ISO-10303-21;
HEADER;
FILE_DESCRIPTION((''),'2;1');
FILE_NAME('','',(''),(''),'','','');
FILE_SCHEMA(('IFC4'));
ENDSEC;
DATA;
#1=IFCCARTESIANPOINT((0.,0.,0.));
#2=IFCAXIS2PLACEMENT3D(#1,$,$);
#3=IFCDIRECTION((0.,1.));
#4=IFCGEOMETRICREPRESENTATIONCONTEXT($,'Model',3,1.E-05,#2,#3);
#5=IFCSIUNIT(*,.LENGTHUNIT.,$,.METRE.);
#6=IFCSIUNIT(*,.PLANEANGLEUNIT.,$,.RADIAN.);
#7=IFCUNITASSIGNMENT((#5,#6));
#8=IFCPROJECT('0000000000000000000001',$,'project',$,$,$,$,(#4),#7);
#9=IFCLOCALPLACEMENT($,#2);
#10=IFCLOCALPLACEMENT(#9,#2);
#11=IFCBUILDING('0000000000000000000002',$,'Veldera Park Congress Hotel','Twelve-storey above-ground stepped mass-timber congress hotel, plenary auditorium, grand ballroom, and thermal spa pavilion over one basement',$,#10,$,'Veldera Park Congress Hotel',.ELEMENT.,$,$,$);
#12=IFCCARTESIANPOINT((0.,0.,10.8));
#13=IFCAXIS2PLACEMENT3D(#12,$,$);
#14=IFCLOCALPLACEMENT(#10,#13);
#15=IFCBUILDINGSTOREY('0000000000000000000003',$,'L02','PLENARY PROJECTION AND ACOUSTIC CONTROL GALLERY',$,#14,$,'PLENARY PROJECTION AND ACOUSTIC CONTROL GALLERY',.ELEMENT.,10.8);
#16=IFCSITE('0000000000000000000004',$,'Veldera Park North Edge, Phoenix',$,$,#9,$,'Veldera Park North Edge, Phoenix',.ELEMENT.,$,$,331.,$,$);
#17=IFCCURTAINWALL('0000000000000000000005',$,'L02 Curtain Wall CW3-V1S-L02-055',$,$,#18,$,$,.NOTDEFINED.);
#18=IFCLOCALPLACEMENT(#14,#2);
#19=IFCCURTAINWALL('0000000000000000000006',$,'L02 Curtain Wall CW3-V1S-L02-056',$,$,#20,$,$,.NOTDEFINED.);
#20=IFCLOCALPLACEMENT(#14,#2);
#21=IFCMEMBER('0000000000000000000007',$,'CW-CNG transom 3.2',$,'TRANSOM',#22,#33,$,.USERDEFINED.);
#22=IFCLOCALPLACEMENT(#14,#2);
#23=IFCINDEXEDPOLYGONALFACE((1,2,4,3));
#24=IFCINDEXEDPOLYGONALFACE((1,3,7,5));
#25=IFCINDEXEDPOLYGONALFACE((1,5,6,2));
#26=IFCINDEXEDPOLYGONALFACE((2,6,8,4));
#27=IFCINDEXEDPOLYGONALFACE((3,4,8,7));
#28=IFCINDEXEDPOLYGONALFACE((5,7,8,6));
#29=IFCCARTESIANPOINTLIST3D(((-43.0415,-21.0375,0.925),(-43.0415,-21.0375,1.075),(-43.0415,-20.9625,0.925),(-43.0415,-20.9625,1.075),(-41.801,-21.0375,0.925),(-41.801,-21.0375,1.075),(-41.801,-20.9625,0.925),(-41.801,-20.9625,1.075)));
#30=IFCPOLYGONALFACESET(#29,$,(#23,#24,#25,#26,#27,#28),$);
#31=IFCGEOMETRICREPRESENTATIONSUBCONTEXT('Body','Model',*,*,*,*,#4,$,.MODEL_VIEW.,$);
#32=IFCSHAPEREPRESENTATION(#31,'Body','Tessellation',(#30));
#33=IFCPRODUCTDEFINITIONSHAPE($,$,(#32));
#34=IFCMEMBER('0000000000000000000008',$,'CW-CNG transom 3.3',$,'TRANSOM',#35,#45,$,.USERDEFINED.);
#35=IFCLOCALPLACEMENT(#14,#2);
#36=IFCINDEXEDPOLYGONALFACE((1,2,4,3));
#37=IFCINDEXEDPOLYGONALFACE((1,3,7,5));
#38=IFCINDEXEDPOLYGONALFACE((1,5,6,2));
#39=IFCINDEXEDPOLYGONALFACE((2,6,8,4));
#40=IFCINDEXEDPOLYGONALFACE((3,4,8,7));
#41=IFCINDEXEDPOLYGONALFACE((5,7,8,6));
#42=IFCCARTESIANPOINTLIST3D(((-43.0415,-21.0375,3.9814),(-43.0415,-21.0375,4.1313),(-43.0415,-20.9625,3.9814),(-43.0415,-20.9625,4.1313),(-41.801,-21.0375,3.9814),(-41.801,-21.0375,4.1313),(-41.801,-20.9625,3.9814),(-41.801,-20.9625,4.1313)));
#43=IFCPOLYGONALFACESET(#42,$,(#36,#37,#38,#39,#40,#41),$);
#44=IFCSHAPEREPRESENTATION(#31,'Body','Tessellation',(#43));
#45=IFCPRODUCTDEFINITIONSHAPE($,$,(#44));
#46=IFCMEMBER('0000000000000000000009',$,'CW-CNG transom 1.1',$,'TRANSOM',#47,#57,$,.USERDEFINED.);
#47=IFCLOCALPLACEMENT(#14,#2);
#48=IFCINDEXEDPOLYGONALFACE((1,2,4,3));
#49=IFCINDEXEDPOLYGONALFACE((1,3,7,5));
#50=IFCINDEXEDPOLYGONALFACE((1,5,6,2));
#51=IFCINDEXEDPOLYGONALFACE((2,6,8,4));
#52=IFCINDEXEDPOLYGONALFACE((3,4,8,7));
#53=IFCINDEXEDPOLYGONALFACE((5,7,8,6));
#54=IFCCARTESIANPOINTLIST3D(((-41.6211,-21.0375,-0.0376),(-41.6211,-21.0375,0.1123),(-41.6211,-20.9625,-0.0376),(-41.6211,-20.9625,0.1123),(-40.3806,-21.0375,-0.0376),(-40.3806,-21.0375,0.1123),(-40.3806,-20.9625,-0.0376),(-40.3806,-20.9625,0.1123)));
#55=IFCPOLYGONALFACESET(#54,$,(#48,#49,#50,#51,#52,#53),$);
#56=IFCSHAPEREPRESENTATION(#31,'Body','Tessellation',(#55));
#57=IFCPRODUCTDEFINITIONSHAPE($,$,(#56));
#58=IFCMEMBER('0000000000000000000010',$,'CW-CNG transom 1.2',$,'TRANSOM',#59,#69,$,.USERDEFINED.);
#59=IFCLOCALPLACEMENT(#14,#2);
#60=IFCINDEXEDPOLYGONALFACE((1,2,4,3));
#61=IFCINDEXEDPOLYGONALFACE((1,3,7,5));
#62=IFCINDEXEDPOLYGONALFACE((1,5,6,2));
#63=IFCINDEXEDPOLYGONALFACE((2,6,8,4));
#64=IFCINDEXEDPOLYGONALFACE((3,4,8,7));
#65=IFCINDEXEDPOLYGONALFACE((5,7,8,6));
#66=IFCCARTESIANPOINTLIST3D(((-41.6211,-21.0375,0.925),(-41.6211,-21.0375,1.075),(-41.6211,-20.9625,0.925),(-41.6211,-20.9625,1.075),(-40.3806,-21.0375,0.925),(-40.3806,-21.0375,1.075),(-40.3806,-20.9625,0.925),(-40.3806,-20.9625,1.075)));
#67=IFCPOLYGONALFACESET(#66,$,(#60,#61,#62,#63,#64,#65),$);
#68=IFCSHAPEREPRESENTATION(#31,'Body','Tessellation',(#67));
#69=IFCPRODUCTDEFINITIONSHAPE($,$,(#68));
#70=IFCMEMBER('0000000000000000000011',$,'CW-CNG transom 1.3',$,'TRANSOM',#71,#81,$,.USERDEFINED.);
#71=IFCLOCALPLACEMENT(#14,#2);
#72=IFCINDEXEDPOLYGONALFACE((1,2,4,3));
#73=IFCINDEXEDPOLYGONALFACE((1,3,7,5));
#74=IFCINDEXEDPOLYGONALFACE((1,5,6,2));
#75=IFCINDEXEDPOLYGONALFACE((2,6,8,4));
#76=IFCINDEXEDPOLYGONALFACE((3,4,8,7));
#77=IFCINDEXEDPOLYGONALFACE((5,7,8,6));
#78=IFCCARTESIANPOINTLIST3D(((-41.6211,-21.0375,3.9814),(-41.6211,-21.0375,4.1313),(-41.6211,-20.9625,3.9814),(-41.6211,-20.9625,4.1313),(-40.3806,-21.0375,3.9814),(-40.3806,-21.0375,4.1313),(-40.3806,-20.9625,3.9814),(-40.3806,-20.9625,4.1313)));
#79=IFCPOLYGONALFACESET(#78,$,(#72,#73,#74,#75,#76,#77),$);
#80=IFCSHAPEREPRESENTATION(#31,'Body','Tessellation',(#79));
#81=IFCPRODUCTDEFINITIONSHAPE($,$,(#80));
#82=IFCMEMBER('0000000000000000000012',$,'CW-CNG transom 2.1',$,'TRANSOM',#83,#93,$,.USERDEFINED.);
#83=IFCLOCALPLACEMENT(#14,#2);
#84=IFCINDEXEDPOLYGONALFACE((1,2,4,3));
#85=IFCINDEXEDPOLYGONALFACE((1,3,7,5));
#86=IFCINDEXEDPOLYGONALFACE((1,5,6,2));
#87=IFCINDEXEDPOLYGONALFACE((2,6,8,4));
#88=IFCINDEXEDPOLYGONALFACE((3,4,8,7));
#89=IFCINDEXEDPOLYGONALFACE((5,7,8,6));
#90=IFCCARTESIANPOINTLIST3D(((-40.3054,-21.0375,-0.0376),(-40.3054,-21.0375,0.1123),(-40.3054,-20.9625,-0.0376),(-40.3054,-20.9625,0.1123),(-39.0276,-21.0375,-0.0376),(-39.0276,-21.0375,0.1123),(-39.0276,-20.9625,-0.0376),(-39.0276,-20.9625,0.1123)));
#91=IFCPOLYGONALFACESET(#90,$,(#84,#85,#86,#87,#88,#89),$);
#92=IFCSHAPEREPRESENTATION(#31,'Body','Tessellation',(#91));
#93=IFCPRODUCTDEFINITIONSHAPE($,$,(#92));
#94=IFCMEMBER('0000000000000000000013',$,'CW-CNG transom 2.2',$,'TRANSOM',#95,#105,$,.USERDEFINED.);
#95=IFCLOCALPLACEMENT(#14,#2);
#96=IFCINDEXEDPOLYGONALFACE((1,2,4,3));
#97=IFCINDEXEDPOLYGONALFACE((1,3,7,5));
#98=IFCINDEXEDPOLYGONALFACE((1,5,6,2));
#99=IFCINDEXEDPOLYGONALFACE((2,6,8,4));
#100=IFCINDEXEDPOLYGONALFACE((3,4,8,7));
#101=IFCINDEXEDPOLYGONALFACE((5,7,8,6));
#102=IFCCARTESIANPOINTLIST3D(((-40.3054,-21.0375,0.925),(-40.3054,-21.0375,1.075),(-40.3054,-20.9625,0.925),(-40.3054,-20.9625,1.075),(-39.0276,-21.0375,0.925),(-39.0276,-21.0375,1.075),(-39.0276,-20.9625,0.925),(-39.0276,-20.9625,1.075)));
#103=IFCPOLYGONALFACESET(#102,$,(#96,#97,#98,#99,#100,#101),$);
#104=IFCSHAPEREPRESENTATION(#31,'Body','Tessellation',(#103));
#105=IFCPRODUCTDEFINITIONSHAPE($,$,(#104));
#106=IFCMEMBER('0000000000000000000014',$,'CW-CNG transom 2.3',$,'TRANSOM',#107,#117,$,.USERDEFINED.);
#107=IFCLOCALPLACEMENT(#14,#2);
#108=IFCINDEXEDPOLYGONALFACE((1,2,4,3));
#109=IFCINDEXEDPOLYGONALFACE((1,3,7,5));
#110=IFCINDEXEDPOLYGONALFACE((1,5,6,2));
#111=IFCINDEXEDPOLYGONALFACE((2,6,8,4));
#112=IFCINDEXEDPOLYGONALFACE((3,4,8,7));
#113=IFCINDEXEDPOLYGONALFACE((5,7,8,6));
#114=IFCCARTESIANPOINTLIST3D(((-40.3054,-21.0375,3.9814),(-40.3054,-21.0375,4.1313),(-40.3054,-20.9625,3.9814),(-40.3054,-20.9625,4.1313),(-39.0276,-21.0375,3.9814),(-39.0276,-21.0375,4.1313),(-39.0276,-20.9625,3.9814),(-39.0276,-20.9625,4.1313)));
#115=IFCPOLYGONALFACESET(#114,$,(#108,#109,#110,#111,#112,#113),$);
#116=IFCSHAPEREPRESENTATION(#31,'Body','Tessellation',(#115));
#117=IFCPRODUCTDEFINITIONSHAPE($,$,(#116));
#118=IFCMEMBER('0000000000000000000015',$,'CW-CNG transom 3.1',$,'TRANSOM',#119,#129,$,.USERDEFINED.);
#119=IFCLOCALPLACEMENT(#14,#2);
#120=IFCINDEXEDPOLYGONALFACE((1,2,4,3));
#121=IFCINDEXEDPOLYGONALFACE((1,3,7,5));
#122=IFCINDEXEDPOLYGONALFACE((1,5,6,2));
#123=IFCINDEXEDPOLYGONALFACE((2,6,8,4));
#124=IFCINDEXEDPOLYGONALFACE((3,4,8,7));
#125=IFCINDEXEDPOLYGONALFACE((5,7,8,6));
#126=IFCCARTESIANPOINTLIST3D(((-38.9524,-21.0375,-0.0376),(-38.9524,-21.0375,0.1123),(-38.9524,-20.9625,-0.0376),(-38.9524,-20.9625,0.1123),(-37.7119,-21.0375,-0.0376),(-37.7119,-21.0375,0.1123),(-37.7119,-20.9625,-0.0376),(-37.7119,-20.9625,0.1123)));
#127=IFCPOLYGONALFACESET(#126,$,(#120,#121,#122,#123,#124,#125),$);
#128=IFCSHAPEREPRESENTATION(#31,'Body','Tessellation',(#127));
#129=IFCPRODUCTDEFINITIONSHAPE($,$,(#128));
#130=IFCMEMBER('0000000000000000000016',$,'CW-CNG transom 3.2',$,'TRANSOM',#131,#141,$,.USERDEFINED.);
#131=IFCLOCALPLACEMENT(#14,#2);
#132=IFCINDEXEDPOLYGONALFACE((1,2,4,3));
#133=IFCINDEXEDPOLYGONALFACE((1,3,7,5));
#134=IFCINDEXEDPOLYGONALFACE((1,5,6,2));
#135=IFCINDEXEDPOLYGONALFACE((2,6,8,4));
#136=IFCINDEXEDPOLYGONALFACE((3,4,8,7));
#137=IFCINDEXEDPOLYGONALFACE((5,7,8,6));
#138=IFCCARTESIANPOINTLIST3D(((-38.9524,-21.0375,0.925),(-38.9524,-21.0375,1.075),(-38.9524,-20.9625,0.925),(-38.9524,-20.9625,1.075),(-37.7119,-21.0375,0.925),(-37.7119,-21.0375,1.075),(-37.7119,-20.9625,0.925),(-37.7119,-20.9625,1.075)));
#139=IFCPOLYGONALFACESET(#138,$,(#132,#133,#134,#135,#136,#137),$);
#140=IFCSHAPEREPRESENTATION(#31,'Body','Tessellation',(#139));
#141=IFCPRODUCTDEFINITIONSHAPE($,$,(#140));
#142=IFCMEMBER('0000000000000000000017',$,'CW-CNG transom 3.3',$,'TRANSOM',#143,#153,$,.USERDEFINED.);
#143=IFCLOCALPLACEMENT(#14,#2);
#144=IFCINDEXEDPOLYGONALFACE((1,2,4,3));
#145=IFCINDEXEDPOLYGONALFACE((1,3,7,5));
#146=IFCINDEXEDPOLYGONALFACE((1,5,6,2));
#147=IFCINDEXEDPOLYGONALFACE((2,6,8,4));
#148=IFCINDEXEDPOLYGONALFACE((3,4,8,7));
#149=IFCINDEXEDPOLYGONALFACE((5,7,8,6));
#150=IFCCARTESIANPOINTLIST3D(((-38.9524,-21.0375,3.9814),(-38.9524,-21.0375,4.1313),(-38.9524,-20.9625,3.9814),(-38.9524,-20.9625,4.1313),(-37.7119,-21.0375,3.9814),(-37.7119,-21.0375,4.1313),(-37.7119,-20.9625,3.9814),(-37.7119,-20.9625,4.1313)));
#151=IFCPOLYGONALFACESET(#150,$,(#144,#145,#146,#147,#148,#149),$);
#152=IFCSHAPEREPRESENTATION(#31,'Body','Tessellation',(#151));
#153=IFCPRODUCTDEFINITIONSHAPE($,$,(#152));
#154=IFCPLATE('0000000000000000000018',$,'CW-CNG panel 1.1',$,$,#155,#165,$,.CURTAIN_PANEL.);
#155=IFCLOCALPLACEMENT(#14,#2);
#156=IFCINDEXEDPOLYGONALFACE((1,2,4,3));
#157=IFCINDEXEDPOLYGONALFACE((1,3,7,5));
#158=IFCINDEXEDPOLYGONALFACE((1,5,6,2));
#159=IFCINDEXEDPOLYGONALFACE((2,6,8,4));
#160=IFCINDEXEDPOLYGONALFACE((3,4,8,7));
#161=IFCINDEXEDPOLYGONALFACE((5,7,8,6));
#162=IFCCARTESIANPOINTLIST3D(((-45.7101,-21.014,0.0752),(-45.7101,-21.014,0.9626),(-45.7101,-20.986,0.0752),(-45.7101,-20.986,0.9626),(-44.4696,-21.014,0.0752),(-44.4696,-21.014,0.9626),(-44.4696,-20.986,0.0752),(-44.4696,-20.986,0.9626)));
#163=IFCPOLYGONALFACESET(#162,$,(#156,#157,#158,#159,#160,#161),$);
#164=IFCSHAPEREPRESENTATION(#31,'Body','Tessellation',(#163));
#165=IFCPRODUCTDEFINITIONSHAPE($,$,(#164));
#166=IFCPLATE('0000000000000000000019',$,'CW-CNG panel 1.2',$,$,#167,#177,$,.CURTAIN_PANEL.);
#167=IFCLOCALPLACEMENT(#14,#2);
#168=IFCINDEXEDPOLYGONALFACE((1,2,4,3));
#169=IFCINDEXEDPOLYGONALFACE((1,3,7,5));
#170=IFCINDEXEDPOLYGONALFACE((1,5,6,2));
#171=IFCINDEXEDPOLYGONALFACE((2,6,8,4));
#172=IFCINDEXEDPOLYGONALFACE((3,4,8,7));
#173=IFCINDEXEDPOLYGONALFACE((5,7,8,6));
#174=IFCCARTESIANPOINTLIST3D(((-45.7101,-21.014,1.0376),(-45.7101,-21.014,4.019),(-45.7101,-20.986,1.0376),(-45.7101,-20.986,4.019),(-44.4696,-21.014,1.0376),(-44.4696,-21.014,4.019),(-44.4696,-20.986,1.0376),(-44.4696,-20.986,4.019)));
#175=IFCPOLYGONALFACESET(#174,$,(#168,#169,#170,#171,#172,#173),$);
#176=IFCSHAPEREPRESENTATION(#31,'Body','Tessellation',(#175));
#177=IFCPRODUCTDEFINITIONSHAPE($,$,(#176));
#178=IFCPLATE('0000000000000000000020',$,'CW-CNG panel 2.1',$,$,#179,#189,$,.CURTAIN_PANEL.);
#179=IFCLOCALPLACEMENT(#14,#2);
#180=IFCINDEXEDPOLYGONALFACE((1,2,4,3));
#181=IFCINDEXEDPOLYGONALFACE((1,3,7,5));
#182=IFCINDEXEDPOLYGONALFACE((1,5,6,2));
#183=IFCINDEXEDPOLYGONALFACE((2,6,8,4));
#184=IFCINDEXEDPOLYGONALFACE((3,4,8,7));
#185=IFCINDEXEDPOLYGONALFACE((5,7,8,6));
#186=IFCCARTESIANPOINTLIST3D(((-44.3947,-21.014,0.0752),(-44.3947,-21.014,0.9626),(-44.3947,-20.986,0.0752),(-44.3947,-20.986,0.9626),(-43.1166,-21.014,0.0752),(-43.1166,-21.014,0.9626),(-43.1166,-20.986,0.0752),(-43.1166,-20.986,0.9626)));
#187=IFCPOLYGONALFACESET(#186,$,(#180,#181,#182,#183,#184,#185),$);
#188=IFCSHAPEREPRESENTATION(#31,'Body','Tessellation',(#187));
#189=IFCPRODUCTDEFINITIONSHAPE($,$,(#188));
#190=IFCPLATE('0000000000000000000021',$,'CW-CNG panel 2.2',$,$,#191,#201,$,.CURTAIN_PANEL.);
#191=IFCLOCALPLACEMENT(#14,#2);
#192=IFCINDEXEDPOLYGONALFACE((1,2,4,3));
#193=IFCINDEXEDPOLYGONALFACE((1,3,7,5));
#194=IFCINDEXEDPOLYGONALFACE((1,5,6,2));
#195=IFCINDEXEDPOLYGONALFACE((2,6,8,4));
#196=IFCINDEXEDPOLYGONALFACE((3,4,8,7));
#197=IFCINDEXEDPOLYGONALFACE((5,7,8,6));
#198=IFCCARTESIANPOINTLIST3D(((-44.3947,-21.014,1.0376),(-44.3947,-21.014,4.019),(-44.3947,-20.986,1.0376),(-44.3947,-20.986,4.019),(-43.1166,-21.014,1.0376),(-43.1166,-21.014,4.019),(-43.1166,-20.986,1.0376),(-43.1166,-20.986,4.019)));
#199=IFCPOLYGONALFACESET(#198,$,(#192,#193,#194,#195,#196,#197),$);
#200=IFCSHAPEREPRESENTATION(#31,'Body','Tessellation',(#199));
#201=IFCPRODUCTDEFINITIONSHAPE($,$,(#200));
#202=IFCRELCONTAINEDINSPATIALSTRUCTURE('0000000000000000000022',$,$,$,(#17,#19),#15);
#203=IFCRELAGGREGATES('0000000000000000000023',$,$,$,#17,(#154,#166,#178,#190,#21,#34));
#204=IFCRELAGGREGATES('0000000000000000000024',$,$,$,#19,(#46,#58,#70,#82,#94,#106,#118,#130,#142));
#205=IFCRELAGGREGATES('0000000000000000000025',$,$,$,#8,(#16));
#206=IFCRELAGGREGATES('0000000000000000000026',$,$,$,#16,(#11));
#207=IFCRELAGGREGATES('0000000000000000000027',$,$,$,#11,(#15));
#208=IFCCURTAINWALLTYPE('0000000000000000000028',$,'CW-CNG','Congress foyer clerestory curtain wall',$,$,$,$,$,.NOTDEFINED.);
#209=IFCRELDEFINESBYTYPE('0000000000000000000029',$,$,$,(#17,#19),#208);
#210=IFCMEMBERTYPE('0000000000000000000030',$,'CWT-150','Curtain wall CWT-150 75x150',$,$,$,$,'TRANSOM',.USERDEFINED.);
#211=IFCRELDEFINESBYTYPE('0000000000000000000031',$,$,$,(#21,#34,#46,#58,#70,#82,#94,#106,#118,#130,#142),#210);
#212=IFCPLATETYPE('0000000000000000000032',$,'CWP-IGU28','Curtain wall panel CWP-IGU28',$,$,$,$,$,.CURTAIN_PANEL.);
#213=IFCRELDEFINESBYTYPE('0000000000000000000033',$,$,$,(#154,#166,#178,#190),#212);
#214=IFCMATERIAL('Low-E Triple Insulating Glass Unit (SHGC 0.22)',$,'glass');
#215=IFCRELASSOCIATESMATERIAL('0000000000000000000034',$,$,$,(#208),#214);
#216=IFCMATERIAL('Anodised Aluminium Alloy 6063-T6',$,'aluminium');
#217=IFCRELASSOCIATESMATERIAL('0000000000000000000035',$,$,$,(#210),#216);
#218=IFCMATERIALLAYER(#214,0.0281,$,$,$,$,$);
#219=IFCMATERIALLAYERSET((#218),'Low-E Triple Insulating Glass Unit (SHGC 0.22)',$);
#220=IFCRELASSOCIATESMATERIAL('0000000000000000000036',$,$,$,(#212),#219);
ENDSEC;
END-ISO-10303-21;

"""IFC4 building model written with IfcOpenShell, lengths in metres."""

from ifc_helpers import new_model, si_unit, direction, frame, origin, origin_2d, place, context, subcontext, project, spatial, rectangle, extrude, material, layer, layer_set, material_profile, profile_set, type_object, element, aggregate, save


model = new_model("IFC4")

# Units and contexts
model_context = context("Model", 3, precision=1e-05, world=origin(), true_north=direction((0.0, 1.0)))
body_context = subcontext(model_context, "Body", "Model", "MODEL_VIEW")
ifc_project = project(units=[si_unit("LENGTHUNIT", "METRE"), si_unit("PLANEANGLEUNIT", "RADIAN")], contexts=[model_context])

# Site, building, storey
site_placement = place(None, origin())
site = spatial("IfcSite", under=ifc_project, at=site_placement, Name="Veldera Park North Edge, Phoenix", LongName="Veldera Park North Edge, Phoenix", CompositionType="ELEMENT", RefElevation=331.0)
building_placement = place(site_placement, origin())
building = spatial("IfcBuilding", under=site, at=building_placement, Name="Veldera Park Congress Hotel", Description="Twelve-storey above-ground stepped mass-timber congress hotel, plenary auditorium, grand ballroom, and thermal spa pavilion over one basement", LongName="Veldera Park Congress Hotel", CompositionType="ELEMENT")
storey_placement = place(building_placement, frame((0.0, 0.0, 10.8)))
storey = spatial("IfcBuildingStorey", under=building, at=storey_placement, Name="L02", Description="PLENARY PROJECTION AND ACOUSTIC CONTROL GALLERY", LongName="PLENARY PROJECTION AND ACOUSTIC CONTROL GALLERY", CompositionType="ELEMENT", Elevation=10.8)

# Curtain walls
ifc_material_1 = material(Name="Low-E Triple Insulating Glass Unit (SHGC 0.22)", Category="glass")
curtain_wall_type = type_object("IfcCurtainWallType", Name="CW-CNG", Description="Congress foyer clerestory curtain wall", PredefinedType="NOTDEFINED", material=ifc_material_1)
curtain_wall_1_placement = place(storey_placement, origin())
curtain_wall_1 = element("IfcCurtainWall", 1, at=curtain_wall_1_placement, inside=storey, type_object=curtain_wall_type, Name="L02 Curtain Wall CW3-V1S-L02-055", PredefinedType="NOTDEFINED")
ifc_material_2 = material(Name="Anodised Aluminium Alloy 6063-T6", Category="aluminium")
curtain_wall_2_placement = place(storey_placement, origin())
curtain_wall_2 = element("IfcCurtainWall", 2, at=curtain_wall_2_placement, inside=storey, type_object=curtain_wall_type, Name="L02 Curtain Wall CW3-V1S-L02-056", PredefinedType="NOTDEFINED")

# Members
ifc_material_profile_1 = material_profile(ifc_material_2, rectangle(XDim=0.075, YDim=0.1499, at=origin_2d()), Name="ALU 75x150")
ifc_profile_set_1 = profile_set([ifc_material_profile_1], Name="Anodised Aluminium Alloy 6063-T6")
member_type_1 = type_object("IfcMemberType", Name="CWT-150", Description="Curtain wall CWT-150 75x150", ElementType="TRANSOM", PredefinedType="USERDEFINED", material=ifc_profile_set_1)
member_1_placement = place(storey_placement, frame((-43.0415, -21.0, 1.0), z_axis=(1.0, 0.0, 0.0), x_axis=(0.0, 1.0, 0.0)))
member_1 = element("IfcMember", 3, at=member_1_placement, type_object=member_type_1, Name="CW-CNG transom 3.2", ObjectType="TRANSOM", PredefinedType="USERDEFINED", context=body_context, shape_type="SweptSolid", body=[
    extrude(rectangle(XDim=0.075, YDim=0.1499, at=origin_2d()), origin(), (0.0, 0.0, 1.0), 1.2405),
])
member_2_placement = place(storey_placement, frame((-43.0415, -21.0, 4.0564), z_axis=(1.0, 0.0, 0.0), x_axis=(0.0, 1.0, 0.0)))
member_2 = element("IfcMember", 4, at=member_2_placement, type_object=member_type_1, Name="CW-CNG transom 3.3", ObjectType="TRANSOM", PredefinedType="USERDEFINED", context=body_context, shape_type="SweptSolid", body=[
    extrude(rectangle(XDim=0.075, YDim=0.1499, at=origin_2d()), origin(), (0.0, 0.0, 1.0), 1.2405),
])
member_3_placement = place(storey_placement, frame((-41.6211, -21.0, 0.0374), z_axis=(1.0, 0.0, 0.0), x_axis=(0.0, 1.0, 0.0)))
member_3 = element("IfcMember", 5, at=member_3_placement, type_object=member_type_1, Name="CW-CNG transom 1.1", ObjectType="TRANSOM", PredefinedType="USERDEFINED", context=body_context, shape_type="SweptSolid", body=[
    extrude(rectangle(XDim=0.075, YDim=0.1499, at=origin_2d()), origin(), (0.0, 0.0, 1.0), 1.2405),
])
member_4_placement = place(storey_placement, frame((-41.6211, -21.0, 1.0), z_axis=(1.0, 0.0, 0.0), x_axis=(0.0, 1.0, 0.0)))
member_4 = element("IfcMember", 6, at=member_4_placement, type_object=member_type_1, Name="CW-CNG transom 1.2", ObjectType="TRANSOM", PredefinedType="USERDEFINED", context=body_context, shape_type="SweptSolid", body=[
    extrude(rectangle(XDim=0.075, YDim=0.1499, at=origin_2d()), origin(), (0.0, 0.0, 1.0), 1.2405),
])
member_5_placement = place(storey_placement, frame((-41.6211, -21.0, 4.0564), z_axis=(1.0, 0.0, 0.0), x_axis=(0.0, 1.0, 0.0)))
member_5 = element("IfcMember", 7, at=member_5_placement, type_object=member_type_1, Name="CW-CNG transom 1.3", ObjectType="TRANSOM", PredefinedType="USERDEFINED", context=body_context, shape_type="SweptSolid", body=[
    extrude(rectangle(XDim=0.075, YDim=0.1499, at=origin_2d()), origin(), (0.0, 0.0, 1.0), 1.2405),
])
member_6_placement = place(storey_placement, frame((-40.3054, -21.0, 0.0374), z_axis=(1.0, 0.0, 0.0), x_axis=(0.0, 1.0, 0.0)))
member_6 = element("IfcMember", 8, at=member_6_placement, type_object=member_type_1, Name="CW-CNG transom 2.1", ObjectType="TRANSOM", PredefinedType="USERDEFINED", context=body_context, shape_type="SweptSolid", body=[
    extrude(rectangle(XDim=0.075, YDim=0.1499, at=origin_2d()), origin(), (0.0, 0.0, 1.0), 1.2778),
])
member_7_placement = place(storey_placement, frame((-40.3054, -21.0, 1.0), z_axis=(1.0, 0.0, 0.0), x_axis=(0.0, 1.0, 0.0)))
member_7 = element("IfcMember", 9, at=member_7_placement, type_object=member_type_1, Name="CW-CNG transom 2.2", ObjectType="TRANSOM", PredefinedType="USERDEFINED", context=body_context, shape_type="SweptSolid", body=[
    extrude(rectangle(XDim=0.075, YDim=0.1499, at=origin_2d()), origin(), (0.0, 0.0, 1.0), 1.2778),
])
member_8_placement = place(storey_placement, frame((-40.3054, -21.0, 4.0564), z_axis=(1.0, 0.0, 0.0), x_axis=(0.0, 1.0, 0.0)))
member_8 = element("IfcMember", 10, at=member_8_placement, type_object=member_type_1, Name="CW-CNG transom 2.3", ObjectType="TRANSOM", PredefinedType="USERDEFINED", context=body_context, shape_type="SweptSolid", body=[
    extrude(rectangle(XDim=0.075, YDim=0.1499, at=origin_2d()), origin(), (0.0, 0.0, 1.0), 1.2778),
])
member_9_placement = place(storey_placement, frame((-38.9524, -21.0, 0.0374), z_axis=(1.0, 0.0, 0.0), x_axis=(0.0, 1.0, 0.0)))
member_9 = element("IfcMember", 11, at=member_9_placement, type_object=member_type_1, Name="CW-CNG transom 3.1", ObjectType="TRANSOM", PredefinedType="USERDEFINED", context=body_context, shape_type="SweptSolid", body=[
    extrude(rectangle(XDim=0.075, YDim=0.1499, at=origin_2d()), origin(), (0.0, 0.0, 1.0), 1.2405),
])
member_10_placement = place(storey_placement, frame((-38.9524, -21.0, 1.0), z_axis=(1.0, 0.0, 0.0), x_axis=(0.0, 1.0, 0.0)))
member_10 = element("IfcMember", 12, at=member_10_placement, type_object=member_type_1, Name="CW-CNG transom 3.2", ObjectType="TRANSOM", PredefinedType="USERDEFINED", context=body_context, shape_type="SweptSolid", body=[
    extrude(rectangle(XDim=0.075, YDim=0.1499, at=origin_2d()), origin(), (0.0, 0.0, 1.0), 1.2405),
])
member_11_placement = place(storey_placement, frame((-38.9524, -21.0, 4.0564), z_axis=(1.0, 0.0, 0.0), x_axis=(0.0, 1.0, 0.0)))
member_11 = element("IfcMember", 13, at=member_11_placement, type_object=member_type_1, Name="CW-CNG transom 3.3", ObjectType="TRANSOM", PredefinedType="USERDEFINED", context=body_context, shape_type="SweptSolid", body=[
    extrude(rectangle(XDim=0.075, YDim=0.1499, at=origin_2d()), origin(), (0.0, 0.0, 1.0), 1.2405),
])

# Plates
ifc_layer = layer(ifc_material_1, 0.0281)
ifc_layer_set = layer_set([ifc_layer], Name="Low-E Triple Insulating Glass Unit (SHGC 0.22)")
plate_type = type_object("IfcPlateType", Name="CWP-IGU28", Description="Curtain wall panel CWP-IGU28", PredefinedType="CURTAIN_PANEL", material=ifc_layer_set)
plate_1_placement = place(storey_placement, frame((-45.0898, -21.0, 0.0752), z_axis=(0.0, 0.0, 1.0), x_axis=(1.0, 0.0, 0.0)))
plate_1 = element("IfcPlate", 14, at=plate_1_placement, type_object=plate_type, Name="CW-CNG panel 1.1", PredefinedType="CURTAIN_PANEL", context=body_context, shape_type="SweptSolid", body=[
    extrude(rectangle(XDim=1.2405, YDim=0.0281, at=origin_2d()), origin(), (0.0, 0.0, 1.0), 0.8875),
])
plate_2_placement = place(storey_placement, frame((-45.0898, -21.0, 1.0376), z_axis=(0.0, 0.0, 1.0), x_axis=(1.0, 0.0, 0.0)))
plate_2 = element("IfcPlate", 15, at=plate_2_placement, type_object=plate_type, Name="CW-CNG panel 1.2", PredefinedType="CURTAIN_PANEL", context=body_context, shape_type="SweptSolid", body=[
    extrude(rectangle(XDim=1.2405, YDim=0.0281, at=origin_2d()), origin(), (0.0, 0.0, 1.0), 2.9814),
])
plate_3_placement = place(storey_placement, frame((-43.7556, -21.0, 0.0752), z_axis=(0.0, 0.0, 1.0), x_axis=(1.0, 0.0, 0.0)))
plate_3 = element("IfcPlate", 16, at=plate_3_placement, type_object=plate_type, Name="CW-CNG panel 2.1", PredefinedType="CURTAIN_PANEL", context=body_context, shape_type="SweptSolid", body=[
    extrude(rectangle(XDim=1.2781, YDim=0.0281, at=origin_2d()), origin(), (0.0, 0.0, 1.0), 0.8875),
])
plate_4_placement = place(storey_placement, frame((-43.7556, -21.0, 1.0376), z_axis=(0.0, 0.0, 1.0), x_axis=(1.0, 0.0, 0.0)))
plate_4 = element("IfcPlate", 17, at=plate_4_placement, type_object=plate_type, Name="CW-CNG panel 2.2", PredefinedType="CURTAIN_PANEL", context=body_context, shape_type="SweptSolid", body=[
    extrude(rectangle(XDim=1.2781, YDim=0.0281, at=origin_2d()), origin(), (0.0, 0.0, 1.0), 2.9814),
])
aggregate(curtain_wall_1, [plate_1, plate_2, plate_3, plate_4, member_1, member_2])
aggregate(curtain_wall_2, [member_3, member_4, member_5, member_6, member_7, member_8, member_9, member_10, member_11])

save(model, "model.ifc")
